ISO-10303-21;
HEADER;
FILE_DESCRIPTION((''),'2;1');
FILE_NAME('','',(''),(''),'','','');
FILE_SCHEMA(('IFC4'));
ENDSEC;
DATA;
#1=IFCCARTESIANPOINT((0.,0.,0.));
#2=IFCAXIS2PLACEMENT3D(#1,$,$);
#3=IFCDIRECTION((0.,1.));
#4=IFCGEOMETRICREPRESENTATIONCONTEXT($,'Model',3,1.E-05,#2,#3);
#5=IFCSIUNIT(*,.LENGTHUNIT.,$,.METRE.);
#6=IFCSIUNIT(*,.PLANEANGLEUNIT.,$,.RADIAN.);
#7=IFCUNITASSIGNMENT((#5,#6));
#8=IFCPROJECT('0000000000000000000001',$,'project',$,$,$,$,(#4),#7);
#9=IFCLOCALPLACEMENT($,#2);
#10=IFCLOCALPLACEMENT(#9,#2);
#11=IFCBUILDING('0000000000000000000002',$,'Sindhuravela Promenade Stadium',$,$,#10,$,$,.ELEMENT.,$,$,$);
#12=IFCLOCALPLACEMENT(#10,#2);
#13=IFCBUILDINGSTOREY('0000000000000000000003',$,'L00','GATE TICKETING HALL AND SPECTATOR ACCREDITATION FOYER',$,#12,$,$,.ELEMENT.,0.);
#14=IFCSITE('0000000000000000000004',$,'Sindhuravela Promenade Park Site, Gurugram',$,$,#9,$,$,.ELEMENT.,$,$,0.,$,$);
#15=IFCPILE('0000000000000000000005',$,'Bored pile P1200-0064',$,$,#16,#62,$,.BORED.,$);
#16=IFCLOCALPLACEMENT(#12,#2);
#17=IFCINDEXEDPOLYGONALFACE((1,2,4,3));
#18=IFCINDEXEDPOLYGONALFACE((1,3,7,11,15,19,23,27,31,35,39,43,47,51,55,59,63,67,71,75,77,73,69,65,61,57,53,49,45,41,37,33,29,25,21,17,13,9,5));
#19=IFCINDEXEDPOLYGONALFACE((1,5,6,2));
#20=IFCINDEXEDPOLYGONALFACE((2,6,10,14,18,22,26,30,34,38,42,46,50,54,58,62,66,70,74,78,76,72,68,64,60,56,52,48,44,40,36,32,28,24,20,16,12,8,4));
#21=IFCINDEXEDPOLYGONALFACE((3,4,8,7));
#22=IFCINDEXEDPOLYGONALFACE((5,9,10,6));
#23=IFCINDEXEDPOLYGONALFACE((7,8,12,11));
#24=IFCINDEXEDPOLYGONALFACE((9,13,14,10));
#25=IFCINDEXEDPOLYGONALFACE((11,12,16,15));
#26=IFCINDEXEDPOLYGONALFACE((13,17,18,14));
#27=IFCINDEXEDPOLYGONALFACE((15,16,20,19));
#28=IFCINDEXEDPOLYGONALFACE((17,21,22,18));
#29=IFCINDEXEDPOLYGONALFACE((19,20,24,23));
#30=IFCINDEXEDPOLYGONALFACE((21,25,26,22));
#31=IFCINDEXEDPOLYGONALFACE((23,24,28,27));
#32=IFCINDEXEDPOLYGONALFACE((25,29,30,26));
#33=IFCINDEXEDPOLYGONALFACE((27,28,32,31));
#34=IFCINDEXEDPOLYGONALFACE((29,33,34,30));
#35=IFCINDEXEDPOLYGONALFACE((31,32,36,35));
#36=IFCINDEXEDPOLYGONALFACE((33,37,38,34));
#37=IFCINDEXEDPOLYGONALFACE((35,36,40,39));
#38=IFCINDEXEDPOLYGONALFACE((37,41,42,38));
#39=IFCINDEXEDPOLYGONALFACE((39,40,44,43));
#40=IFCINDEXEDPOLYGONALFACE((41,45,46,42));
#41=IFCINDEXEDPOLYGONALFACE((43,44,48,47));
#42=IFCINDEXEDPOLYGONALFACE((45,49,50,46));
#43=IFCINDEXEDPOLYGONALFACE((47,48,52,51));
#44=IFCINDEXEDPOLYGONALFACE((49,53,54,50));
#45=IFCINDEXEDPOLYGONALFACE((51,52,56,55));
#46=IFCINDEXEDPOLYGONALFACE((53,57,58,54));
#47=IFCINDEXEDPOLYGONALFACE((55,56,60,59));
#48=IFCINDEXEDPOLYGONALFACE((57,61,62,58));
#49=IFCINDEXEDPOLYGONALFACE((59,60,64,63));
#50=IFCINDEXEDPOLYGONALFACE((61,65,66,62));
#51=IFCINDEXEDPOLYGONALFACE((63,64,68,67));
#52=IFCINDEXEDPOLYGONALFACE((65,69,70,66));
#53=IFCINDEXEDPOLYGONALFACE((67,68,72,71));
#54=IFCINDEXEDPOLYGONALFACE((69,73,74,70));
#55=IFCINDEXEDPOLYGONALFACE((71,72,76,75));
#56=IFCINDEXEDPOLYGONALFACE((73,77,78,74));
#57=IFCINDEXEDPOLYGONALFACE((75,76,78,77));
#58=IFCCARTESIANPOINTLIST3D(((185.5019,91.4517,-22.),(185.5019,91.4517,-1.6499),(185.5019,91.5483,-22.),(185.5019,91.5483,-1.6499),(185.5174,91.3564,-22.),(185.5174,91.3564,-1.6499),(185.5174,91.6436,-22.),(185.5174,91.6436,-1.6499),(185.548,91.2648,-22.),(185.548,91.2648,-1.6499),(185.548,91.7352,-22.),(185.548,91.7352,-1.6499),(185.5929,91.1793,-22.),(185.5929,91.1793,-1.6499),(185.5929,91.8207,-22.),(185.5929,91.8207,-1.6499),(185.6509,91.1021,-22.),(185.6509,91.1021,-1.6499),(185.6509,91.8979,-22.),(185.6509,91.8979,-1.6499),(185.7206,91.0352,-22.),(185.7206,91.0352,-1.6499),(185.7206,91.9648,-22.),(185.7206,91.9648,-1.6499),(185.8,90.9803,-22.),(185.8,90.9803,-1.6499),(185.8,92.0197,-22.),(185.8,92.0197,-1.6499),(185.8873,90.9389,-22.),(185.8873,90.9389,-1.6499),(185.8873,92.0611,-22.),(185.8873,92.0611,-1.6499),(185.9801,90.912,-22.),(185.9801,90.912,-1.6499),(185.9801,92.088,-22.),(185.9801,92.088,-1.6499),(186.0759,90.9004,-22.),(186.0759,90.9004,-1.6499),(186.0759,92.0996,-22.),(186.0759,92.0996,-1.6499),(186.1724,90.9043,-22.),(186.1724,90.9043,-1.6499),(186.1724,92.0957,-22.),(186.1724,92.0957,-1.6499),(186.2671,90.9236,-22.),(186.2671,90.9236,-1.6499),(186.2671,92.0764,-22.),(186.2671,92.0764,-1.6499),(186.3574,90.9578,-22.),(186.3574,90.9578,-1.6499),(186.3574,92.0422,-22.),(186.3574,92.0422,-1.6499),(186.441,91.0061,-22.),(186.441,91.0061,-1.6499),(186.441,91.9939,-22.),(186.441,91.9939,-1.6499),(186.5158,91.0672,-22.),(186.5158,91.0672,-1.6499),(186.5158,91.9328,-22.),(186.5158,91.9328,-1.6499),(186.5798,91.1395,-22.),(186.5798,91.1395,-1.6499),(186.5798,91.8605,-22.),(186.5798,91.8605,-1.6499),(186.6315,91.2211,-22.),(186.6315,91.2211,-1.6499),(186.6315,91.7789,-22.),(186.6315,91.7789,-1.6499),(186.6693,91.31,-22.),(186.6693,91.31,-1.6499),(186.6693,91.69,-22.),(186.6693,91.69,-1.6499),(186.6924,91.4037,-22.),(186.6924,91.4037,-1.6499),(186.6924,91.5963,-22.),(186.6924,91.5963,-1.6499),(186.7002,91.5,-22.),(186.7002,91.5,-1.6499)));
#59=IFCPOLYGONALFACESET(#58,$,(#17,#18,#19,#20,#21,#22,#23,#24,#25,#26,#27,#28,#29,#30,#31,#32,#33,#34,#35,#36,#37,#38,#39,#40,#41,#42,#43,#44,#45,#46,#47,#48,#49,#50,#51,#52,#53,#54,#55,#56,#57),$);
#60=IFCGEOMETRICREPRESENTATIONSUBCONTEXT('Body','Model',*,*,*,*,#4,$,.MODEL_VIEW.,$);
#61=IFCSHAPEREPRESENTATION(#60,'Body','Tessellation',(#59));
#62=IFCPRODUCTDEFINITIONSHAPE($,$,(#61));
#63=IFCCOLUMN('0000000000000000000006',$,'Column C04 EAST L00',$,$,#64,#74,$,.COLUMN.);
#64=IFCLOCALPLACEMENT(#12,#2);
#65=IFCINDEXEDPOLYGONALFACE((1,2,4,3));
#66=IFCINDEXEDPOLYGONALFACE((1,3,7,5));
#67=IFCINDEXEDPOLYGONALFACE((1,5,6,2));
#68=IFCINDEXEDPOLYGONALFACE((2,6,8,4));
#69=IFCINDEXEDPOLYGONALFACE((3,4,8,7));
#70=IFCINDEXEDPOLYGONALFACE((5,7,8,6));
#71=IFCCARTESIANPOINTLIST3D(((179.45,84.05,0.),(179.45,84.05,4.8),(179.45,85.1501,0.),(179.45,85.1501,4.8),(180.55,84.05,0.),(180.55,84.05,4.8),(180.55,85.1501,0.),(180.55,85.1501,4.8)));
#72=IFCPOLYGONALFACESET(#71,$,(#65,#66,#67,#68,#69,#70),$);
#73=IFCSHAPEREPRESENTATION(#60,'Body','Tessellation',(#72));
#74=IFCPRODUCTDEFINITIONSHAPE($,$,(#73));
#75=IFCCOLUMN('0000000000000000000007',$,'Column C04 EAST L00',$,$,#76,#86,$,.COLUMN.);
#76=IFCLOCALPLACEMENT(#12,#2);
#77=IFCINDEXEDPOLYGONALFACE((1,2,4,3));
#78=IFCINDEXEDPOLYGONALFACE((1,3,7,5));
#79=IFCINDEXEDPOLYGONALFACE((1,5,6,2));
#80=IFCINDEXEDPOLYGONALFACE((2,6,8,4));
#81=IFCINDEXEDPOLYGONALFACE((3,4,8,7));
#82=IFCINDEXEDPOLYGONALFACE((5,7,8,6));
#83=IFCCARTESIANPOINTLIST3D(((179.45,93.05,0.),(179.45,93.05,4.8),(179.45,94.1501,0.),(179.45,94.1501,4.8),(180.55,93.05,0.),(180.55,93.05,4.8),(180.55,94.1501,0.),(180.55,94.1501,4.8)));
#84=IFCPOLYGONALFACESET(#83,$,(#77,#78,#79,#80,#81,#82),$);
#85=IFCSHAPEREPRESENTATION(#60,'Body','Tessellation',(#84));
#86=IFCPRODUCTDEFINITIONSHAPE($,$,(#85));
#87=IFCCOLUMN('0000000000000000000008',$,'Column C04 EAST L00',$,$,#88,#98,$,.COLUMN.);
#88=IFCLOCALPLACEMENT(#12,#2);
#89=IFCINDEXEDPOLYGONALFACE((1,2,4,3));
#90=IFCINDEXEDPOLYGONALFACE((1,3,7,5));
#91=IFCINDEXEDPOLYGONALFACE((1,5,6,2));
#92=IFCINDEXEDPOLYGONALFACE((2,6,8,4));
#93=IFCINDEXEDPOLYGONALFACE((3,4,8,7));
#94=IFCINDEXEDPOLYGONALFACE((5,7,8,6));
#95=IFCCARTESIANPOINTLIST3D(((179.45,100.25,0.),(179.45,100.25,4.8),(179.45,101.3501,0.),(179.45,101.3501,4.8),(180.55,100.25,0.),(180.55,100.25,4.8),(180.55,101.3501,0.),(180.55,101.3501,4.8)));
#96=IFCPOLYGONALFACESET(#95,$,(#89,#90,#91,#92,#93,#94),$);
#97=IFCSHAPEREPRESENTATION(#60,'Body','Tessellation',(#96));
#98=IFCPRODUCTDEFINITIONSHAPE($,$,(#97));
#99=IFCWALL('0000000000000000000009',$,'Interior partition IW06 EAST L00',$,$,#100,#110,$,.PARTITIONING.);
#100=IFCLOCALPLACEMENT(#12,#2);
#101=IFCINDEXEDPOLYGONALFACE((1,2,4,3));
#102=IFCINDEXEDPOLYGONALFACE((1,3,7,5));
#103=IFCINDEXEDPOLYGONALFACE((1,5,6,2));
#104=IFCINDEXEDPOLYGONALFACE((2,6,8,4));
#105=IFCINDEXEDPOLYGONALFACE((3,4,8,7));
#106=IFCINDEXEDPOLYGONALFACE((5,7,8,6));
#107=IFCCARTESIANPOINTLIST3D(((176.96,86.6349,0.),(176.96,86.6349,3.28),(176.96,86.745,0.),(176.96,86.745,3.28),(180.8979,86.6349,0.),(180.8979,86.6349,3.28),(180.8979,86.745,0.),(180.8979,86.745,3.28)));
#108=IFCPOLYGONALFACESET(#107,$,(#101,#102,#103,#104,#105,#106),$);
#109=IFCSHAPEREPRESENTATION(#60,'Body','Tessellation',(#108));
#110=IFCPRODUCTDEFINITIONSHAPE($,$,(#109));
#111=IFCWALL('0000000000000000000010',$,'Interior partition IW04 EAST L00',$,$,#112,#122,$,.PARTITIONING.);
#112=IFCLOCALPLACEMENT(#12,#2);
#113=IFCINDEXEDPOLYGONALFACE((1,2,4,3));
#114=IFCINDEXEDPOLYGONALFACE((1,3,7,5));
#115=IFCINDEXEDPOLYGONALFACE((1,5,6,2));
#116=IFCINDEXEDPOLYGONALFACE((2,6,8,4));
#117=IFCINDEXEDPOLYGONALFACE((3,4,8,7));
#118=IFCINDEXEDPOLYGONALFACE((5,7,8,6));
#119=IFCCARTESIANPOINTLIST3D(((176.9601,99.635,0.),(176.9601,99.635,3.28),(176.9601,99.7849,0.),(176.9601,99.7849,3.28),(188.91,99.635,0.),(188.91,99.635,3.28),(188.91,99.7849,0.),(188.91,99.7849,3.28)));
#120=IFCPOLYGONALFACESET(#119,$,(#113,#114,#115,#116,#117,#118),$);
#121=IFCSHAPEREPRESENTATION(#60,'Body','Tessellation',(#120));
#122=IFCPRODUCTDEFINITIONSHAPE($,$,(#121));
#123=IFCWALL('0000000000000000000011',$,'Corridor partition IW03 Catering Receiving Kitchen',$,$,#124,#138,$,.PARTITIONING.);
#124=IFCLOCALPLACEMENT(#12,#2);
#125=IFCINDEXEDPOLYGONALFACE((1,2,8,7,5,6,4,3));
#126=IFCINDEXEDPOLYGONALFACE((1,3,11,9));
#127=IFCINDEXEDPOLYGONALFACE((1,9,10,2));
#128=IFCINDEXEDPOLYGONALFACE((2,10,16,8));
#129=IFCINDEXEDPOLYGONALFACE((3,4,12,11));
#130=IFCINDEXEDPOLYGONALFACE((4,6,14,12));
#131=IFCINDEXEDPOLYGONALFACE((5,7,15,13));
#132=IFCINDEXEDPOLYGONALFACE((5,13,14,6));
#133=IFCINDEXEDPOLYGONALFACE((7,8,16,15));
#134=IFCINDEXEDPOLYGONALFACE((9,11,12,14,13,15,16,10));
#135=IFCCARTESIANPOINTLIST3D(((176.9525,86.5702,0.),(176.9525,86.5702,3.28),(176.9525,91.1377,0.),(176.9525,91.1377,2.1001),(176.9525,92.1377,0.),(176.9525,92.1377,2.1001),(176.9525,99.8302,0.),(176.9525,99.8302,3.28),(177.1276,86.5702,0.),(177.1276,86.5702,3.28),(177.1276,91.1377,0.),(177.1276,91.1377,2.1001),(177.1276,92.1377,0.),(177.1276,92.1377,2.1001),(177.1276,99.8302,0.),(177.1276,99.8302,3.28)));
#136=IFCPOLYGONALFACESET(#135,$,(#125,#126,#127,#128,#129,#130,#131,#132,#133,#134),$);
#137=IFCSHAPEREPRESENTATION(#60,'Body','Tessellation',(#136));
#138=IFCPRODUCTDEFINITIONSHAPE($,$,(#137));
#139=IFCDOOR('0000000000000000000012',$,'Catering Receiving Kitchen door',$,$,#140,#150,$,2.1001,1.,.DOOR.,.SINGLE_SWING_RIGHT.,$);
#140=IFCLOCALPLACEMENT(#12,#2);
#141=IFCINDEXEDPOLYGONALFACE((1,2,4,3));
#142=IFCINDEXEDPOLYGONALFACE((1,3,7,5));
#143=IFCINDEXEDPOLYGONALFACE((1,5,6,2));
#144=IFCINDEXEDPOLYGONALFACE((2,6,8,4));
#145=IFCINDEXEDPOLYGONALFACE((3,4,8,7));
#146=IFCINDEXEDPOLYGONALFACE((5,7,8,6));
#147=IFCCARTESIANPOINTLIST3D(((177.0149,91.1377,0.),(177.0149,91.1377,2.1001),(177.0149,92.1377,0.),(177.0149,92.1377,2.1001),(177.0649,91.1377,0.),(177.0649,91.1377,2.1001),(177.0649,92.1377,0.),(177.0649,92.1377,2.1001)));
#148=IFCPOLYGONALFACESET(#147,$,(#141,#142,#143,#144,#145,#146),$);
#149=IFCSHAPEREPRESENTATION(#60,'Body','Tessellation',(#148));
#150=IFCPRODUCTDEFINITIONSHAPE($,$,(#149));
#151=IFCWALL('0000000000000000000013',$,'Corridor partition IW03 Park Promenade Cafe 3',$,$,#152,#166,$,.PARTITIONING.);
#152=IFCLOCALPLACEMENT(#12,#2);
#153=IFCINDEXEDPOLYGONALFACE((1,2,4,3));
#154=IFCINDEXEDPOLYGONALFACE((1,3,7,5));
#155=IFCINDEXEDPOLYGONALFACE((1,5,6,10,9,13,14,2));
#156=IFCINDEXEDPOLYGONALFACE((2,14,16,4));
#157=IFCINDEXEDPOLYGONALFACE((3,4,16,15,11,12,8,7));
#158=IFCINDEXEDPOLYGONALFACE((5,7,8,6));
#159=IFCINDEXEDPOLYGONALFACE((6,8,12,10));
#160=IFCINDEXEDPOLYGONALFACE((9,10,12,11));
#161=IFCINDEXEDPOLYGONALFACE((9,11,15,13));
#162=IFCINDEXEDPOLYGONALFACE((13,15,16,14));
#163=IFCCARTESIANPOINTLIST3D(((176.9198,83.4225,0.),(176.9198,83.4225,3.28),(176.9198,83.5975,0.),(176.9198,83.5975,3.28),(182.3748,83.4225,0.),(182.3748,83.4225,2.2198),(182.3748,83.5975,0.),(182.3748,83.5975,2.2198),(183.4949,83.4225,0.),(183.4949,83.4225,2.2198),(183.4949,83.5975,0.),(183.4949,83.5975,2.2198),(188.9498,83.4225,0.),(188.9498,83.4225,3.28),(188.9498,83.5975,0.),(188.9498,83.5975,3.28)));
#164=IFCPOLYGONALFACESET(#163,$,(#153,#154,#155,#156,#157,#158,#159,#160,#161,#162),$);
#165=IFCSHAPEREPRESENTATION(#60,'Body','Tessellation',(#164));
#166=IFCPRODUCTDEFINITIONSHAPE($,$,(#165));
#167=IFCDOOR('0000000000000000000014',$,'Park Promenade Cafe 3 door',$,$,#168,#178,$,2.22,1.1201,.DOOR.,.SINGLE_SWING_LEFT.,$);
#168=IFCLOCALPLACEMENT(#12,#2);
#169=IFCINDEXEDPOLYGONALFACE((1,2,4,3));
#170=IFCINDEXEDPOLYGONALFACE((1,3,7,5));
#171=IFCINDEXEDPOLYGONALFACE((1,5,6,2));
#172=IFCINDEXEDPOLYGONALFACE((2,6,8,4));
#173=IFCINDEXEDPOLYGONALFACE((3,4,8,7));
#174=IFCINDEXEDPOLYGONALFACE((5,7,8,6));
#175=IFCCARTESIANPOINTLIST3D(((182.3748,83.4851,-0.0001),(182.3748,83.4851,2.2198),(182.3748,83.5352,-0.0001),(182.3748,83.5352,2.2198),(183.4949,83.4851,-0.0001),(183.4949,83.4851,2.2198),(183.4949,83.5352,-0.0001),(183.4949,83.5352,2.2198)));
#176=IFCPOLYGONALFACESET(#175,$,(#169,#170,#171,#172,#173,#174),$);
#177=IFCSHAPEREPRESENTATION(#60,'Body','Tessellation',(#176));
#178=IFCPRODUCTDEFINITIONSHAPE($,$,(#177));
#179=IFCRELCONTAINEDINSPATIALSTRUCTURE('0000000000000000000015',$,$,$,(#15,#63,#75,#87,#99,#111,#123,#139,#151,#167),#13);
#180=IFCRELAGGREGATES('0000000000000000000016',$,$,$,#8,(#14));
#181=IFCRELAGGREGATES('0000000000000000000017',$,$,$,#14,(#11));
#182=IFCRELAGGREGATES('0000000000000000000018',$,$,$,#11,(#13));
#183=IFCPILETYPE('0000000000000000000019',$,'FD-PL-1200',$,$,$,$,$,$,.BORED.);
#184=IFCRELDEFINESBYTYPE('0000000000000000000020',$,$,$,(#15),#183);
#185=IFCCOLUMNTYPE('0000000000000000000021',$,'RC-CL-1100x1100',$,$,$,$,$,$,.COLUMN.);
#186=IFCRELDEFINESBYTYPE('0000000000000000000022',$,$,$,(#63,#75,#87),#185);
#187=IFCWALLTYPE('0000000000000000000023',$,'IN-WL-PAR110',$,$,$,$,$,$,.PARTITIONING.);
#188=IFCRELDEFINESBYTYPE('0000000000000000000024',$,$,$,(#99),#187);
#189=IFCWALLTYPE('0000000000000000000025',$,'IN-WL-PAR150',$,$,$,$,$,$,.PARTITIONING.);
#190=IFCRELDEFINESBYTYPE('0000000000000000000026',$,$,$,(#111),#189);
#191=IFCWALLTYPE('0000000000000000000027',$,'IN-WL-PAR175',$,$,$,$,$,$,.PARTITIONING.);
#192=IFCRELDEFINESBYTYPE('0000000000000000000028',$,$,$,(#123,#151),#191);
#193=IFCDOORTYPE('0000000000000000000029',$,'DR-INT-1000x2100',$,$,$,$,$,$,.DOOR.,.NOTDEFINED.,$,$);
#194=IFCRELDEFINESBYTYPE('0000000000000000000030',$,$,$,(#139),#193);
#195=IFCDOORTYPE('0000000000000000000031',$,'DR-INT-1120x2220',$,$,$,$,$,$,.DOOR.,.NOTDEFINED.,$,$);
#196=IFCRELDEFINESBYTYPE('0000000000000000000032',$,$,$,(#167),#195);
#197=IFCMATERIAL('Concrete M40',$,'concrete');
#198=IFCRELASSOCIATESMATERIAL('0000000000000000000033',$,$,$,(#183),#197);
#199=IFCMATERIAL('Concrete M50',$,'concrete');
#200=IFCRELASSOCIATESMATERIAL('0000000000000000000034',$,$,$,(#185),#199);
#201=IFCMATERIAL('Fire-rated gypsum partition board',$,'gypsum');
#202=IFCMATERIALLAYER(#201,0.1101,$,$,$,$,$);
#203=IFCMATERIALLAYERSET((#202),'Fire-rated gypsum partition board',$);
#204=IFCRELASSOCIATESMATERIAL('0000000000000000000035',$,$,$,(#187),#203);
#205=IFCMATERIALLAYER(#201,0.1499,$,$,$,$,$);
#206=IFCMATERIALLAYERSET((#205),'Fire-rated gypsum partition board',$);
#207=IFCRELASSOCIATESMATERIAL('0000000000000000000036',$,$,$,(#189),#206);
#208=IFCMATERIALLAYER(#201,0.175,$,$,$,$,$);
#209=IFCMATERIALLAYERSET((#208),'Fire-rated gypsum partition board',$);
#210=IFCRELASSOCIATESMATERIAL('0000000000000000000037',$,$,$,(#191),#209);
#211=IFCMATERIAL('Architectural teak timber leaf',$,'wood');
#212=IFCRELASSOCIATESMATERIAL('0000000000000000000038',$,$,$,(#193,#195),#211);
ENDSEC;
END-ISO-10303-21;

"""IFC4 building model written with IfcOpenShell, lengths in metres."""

from ifc_helpers import new_model, si_unit, direction, frame, frame_2d, origin, origin_2d, place, context, subcontext, project, spatial, rectangle, circle, extrude, material, layer, layer_set, material_profile, profile_set, type_object, element, fill, save


model = new_model("IFC4")

# Units and contexts
model_context = context("Model", 3, precision=1e-05, world=origin(), true_north=direction((0.0, 1.0)))
body_context = subcontext(model_context, "Body", "Model", "MODEL_VIEW")
ifc_project = project(units=[si_unit("LENGTHUNIT", "METRE"), si_unit("PLANEANGLEUNIT", "RADIAN")], contexts=[model_context])

# Site, building, storey
site_placement = place(None, origin())
site = spatial("IfcSite", under=ifc_project, at=site_placement, Name="Sindhuravela Promenade Park Site, Gurugram", CompositionType="ELEMENT", RefElevation=0.0)
building_placement = place(site_placement, origin())
building = spatial("IfcBuilding", under=site, at=building_placement, Name="Sindhuravela Promenade Stadium", CompositionType="ELEMENT")
storey_placement = place(building_placement, origin())
storey = spatial("IfcBuildingStorey", under=building, at=storey_placement, Name="L00", Description="GATE TICKETING HALL AND SPECTATOR ACCREDITATION FOYER", CompositionType="ELEMENT", Elevation=0.0)

# Shared definitions
ifc_material_1 = material(Name="Concrete M50", Category="concrete")

# Pile
ifc_material_2 = material(Name="Concrete M40", Category="concrete")
ifc_material_profile_1 = material_profile(ifc_material_2, circle(Radius=0.6001, at=origin_2d()), Name="BORED PILE D1200")
ifc_profile_set_1 = profile_set([ifc_material_profile_1], Name="Concrete M40")
pile_type = type_object("IfcPileType", Name="FD-PL-1200", PredefinedType="BORED", material=ifc_profile_set_1)
for number, where, z_axis, x_axis, name in (
    (1, (186.1001, 91.5, -1.6499), (0.0, 0.0, -1.0), (1.0, 0.0, 0.0), "Bored pile P1200-0064"),
):
    element("IfcPile", number, at=place(storey_placement, frame(where, z_axis=z_axis, x_axis=x_axis)), inside=storey, type_object=pile_type, Name=name, PredefinedType="BORED", context=body_context, shape_type="SweptSolid", body=[
        extrude(circle(Radius=0.6001, at=origin_2d()), origin(), (0.0, 0.0, 1.0), 20.3501),
    ])

# Columns
ifc_material_profile_2 = material_profile(ifc_material_1, rectangle(XDim=1.1001, YDim=1.1001, at=origin_2d()), Name="RC 1100x1100")
ifc_profile_set_2 = profile_set([ifc_material_profile_2], Name="Concrete M50")
column_type = type_object("IfcColumnType", Name="RC-CL-1100x1100", PredefinedType="COLUMN", material=ifc_profile_set_2)
for number, where, z_axis, x_axis, name in (
    (2, (180.0, 84.6001, 0.0), (0.0, 0.0, 1.0), (1.0, 0.0, 0.0), "Column C04 EAST L00"),
    (3, (180.0, 93.6001, 0.0), (0.0, 0.0, 1.0), (1.0, 0.0, 0.0), "Column C04 EAST L00"),
    (4, (180.0, 100.8, 0.0), (0.0, 0.0, 1.0), (1.0, 0.0, 0.0), "Column C04 EAST L00"),
):
    element("IfcColumn", number, at=place(storey_placement, frame(where, z_axis=z_axis, x_axis=x_axis)), inside=storey, type_object=column_type, Name=name, PredefinedType="COLUMN", context=body_context, shape_type="SweptSolid", body=[
        extrude(rectangle(XDim=1.1001, YDim=1.1001, at=origin_2d()), origin(), (0.0, 0.0, 1.0), 4.8),
    ])

# Walls
ifc_material_3 = material(Name="Fire-rated gypsum partition board", Category="gypsum")
ifc_layer_1 = layer(ifc_material_3, 0.1101)
ifc_layer_set_1 = layer_set([ifc_layer_1], Name="Fire-rated gypsum partition board")
wall_type_1 = type_object("IfcWallType", Name="IN-WL-PAR110", PredefinedType="PARTITIONING", material=ifc_layer_set_1)
wall_1_placement = place(storey_placement, frame((180.8979, 86.6899, 0.0), z_axis=(0.0, 0.0, 1.0), x_axis=(-1.0, 0.0, 0.0)))
element("IfcWall", 5, at=wall_1_placement, inside=storey, type_object=wall_type_1, Name="Interior partition IW06 EAST L00", PredefinedType="PARTITIONING", context=body_context, shape_type="SweptSolid", body=[
    extrude(rectangle(XDim=3.938, YDim=0.1101, at=frame_2d((1.969, 0.0))), origin(), (0.0, 0.0, 1.0), 3.28),
])
ifc_layer_2 = layer(ifc_material_3, 0.1499)
ifc_layer_set_2 = layer_set([ifc_layer_2], Name="Fire-rated gypsum partition board")
wall_type_2 = type_object("IfcWallType", Name="IN-WL-PAR150", PredefinedType="PARTITIONING", material=ifc_layer_set_2)
wall_2_placement = place(storey_placement, frame((176.96, 99.71, 0.0), z_axis=(0.0, 0.0, 1.0), x_axis=(1.0, 0.0, 0.0)))
element("IfcWall", 6, at=wall_2_placement, inside=storey, type_object=wall_type_2, Name="Interior partition IW04 EAST L00", PredefinedType="PARTITIONING", context=body_context, shape_type="SweptSolid", body=[
    extrude(rectangle(XDim=11.95, YDim=0.1499, at=frame_2d((5.9751, 0.0))), origin(), (0.0, 0.0, 1.0), 3.28),
])

# Walls, openings, doors
ifc_layer_3 = layer(ifc_material_3, 0.175)
ifc_layer_set_3 = layer_set([ifc_layer_3], Name="Fire-rated gypsum partition board")
wall_type_3 = type_object("IfcWallType", Name="IN-WL-PAR175", PredefinedType="PARTITIONING", material=ifc_layer_set_3)
wall_3_placement = place(storey_placement, frame((177.04, 99.8301, 0.0), z_axis=(0.0, 0.0, 1.0), x_axis=(0.0, -1.0, 0.0)))
wall_3 = element("IfcWall", 7, at=wall_3_placement, inside=storey, type_object=wall_type_3, Name="Corridor partition IW03 Catering Receiving Kitchen", PredefinedType="PARTITIONING", context=body_context, shape_type="SweptSolid", body=[
    extrude(rectangle(XDim=13.26, YDim=0.175, at=frame_2d((6.6299, 0.0))), origin(), (0.0, 0.0, 1.0), 3.28),
])
opening_1_placement = place(wall_3_placement, frame((7.6924, 0.0, 0.0)))
opening_1 = element("IfcOpeningElement", 8, at=opening_1_placement, cuts=wall_3, PredefinedType="OPENING", context=body_context, shape_type="SweptSolid", body=[
    extrude(rectangle(XDim=1.0, YDim=2.1001, at=frame_2d((0.5, 1.05))), frame((0.0, 0.0974, 0.0), z_axis=(0.0, -1.0, 0.0), x_axis=(1.0, 0.0, 0.0)), (0.0, 0.0, 1.0), 0.1951),
])
ifc_material_4 = material(Name="Architectural teak timber leaf", Category="wood")
door_type_1 = type_object("IfcDoorType", Name="DR-INT-1000x2100", OperationType="NOTDEFINED", PredefinedType="DOOR", material=ifc_material_4)
door_1_placement = place(opening_1_placement, origin())
door_1 = element("IfcDoor", 9, at=door_1_placement, inside=storey, type_object=door_type_1, Name="Catering Receiving Kitchen door", OperationType="SINGLE_SWING_RIGHT", OverallHeight=2.1001, OverallWidth=1.0, PredefinedType="DOOR", context=body_context, shape_type="SweptSolid", body=[
    extrude(rectangle(XDim=1.0, YDim=2.1001, at=frame_2d((0.5, 1.05))), frame((0.0, 0.0249, 0.0), z_axis=(0.0, -1.0, 0.0), x_axis=(1.0, 0.0, 0.0)), (0.0, 0.0, 1.0), 0.05),
])
fill(opening_1, door_1)
wall_4_placement = place(storey_placement, frame((188.95, 83.51, 0.0), z_axis=(0.0, 0.0, 1.0), x_axis=(-1.0, 0.0, 0.0)))
wall_4 = element("IfcWall", 10, at=wall_4_placement, inside=storey, type_object=wall_type_3, Name="Corridor partition IW03 Park Promenade Cafe 3", PredefinedType="PARTITIONING", context=body_context, shape_type="SweptSolid", body=[
    extrude(rectangle(XDim=12.03, YDim=0.175, at=frame_2d((6.0151, 0.0))), origin(), (0.0, 0.0, 1.0), 3.28),
])
opening_2_placement = place(wall_4_placement, frame((5.4551, 0.0, 0.0)))
opening_2 = element("IfcOpeningElement", 11, at=opening_2_placement, cuts=wall_4, PredefinedType="OPENING", context=body_context, shape_type="SweptSolid", body=[
    extrude(rectangle(XDim=1.1201, YDim=2.22, at=frame_2d((0.5601, 1.1099))), frame((0.0, 0.0974, 0.0), z_axis=(0.0, -1.0, 0.0), x_axis=(1.0, 0.0, 0.0)), (0.0, 0.0, 1.0), 0.1951),
])
door_type_2 = type_object("IfcDoorType", Name="DR-INT-1120x2220", OperationType="NOTDEFINED", PredefinedType="DOOR", material=ifc_material_4)
door_2_placement = place(opening_2_placement, origin())
door_2 = element("IfcDoor", 12, at=door_2_placement, inside=storey, type_object=door_type_2, Name="Park Promenade Cafe 3 door", OperationType="SINGLE_SWING_LEFT", OverallHeight=2.22, OverallWidth=1.1201, PredefinedType="DOOR", context=body_context, shape_type="SweptSolid", body=[
    extrude(rectangle(XDim=1.1201, YDim=2.22, at=frame_2d((0.5601, 1.1099))), frame((0.0, 0.0249, 0.0), z_axis=(0.0, -1.0, 0.0), x_axis=(1.0, 0.0, 0.0)), (0.0, 0.0, 1.0), 0.05),
])
fill(opening_2, door_2)

save(model, "model.ifc")
